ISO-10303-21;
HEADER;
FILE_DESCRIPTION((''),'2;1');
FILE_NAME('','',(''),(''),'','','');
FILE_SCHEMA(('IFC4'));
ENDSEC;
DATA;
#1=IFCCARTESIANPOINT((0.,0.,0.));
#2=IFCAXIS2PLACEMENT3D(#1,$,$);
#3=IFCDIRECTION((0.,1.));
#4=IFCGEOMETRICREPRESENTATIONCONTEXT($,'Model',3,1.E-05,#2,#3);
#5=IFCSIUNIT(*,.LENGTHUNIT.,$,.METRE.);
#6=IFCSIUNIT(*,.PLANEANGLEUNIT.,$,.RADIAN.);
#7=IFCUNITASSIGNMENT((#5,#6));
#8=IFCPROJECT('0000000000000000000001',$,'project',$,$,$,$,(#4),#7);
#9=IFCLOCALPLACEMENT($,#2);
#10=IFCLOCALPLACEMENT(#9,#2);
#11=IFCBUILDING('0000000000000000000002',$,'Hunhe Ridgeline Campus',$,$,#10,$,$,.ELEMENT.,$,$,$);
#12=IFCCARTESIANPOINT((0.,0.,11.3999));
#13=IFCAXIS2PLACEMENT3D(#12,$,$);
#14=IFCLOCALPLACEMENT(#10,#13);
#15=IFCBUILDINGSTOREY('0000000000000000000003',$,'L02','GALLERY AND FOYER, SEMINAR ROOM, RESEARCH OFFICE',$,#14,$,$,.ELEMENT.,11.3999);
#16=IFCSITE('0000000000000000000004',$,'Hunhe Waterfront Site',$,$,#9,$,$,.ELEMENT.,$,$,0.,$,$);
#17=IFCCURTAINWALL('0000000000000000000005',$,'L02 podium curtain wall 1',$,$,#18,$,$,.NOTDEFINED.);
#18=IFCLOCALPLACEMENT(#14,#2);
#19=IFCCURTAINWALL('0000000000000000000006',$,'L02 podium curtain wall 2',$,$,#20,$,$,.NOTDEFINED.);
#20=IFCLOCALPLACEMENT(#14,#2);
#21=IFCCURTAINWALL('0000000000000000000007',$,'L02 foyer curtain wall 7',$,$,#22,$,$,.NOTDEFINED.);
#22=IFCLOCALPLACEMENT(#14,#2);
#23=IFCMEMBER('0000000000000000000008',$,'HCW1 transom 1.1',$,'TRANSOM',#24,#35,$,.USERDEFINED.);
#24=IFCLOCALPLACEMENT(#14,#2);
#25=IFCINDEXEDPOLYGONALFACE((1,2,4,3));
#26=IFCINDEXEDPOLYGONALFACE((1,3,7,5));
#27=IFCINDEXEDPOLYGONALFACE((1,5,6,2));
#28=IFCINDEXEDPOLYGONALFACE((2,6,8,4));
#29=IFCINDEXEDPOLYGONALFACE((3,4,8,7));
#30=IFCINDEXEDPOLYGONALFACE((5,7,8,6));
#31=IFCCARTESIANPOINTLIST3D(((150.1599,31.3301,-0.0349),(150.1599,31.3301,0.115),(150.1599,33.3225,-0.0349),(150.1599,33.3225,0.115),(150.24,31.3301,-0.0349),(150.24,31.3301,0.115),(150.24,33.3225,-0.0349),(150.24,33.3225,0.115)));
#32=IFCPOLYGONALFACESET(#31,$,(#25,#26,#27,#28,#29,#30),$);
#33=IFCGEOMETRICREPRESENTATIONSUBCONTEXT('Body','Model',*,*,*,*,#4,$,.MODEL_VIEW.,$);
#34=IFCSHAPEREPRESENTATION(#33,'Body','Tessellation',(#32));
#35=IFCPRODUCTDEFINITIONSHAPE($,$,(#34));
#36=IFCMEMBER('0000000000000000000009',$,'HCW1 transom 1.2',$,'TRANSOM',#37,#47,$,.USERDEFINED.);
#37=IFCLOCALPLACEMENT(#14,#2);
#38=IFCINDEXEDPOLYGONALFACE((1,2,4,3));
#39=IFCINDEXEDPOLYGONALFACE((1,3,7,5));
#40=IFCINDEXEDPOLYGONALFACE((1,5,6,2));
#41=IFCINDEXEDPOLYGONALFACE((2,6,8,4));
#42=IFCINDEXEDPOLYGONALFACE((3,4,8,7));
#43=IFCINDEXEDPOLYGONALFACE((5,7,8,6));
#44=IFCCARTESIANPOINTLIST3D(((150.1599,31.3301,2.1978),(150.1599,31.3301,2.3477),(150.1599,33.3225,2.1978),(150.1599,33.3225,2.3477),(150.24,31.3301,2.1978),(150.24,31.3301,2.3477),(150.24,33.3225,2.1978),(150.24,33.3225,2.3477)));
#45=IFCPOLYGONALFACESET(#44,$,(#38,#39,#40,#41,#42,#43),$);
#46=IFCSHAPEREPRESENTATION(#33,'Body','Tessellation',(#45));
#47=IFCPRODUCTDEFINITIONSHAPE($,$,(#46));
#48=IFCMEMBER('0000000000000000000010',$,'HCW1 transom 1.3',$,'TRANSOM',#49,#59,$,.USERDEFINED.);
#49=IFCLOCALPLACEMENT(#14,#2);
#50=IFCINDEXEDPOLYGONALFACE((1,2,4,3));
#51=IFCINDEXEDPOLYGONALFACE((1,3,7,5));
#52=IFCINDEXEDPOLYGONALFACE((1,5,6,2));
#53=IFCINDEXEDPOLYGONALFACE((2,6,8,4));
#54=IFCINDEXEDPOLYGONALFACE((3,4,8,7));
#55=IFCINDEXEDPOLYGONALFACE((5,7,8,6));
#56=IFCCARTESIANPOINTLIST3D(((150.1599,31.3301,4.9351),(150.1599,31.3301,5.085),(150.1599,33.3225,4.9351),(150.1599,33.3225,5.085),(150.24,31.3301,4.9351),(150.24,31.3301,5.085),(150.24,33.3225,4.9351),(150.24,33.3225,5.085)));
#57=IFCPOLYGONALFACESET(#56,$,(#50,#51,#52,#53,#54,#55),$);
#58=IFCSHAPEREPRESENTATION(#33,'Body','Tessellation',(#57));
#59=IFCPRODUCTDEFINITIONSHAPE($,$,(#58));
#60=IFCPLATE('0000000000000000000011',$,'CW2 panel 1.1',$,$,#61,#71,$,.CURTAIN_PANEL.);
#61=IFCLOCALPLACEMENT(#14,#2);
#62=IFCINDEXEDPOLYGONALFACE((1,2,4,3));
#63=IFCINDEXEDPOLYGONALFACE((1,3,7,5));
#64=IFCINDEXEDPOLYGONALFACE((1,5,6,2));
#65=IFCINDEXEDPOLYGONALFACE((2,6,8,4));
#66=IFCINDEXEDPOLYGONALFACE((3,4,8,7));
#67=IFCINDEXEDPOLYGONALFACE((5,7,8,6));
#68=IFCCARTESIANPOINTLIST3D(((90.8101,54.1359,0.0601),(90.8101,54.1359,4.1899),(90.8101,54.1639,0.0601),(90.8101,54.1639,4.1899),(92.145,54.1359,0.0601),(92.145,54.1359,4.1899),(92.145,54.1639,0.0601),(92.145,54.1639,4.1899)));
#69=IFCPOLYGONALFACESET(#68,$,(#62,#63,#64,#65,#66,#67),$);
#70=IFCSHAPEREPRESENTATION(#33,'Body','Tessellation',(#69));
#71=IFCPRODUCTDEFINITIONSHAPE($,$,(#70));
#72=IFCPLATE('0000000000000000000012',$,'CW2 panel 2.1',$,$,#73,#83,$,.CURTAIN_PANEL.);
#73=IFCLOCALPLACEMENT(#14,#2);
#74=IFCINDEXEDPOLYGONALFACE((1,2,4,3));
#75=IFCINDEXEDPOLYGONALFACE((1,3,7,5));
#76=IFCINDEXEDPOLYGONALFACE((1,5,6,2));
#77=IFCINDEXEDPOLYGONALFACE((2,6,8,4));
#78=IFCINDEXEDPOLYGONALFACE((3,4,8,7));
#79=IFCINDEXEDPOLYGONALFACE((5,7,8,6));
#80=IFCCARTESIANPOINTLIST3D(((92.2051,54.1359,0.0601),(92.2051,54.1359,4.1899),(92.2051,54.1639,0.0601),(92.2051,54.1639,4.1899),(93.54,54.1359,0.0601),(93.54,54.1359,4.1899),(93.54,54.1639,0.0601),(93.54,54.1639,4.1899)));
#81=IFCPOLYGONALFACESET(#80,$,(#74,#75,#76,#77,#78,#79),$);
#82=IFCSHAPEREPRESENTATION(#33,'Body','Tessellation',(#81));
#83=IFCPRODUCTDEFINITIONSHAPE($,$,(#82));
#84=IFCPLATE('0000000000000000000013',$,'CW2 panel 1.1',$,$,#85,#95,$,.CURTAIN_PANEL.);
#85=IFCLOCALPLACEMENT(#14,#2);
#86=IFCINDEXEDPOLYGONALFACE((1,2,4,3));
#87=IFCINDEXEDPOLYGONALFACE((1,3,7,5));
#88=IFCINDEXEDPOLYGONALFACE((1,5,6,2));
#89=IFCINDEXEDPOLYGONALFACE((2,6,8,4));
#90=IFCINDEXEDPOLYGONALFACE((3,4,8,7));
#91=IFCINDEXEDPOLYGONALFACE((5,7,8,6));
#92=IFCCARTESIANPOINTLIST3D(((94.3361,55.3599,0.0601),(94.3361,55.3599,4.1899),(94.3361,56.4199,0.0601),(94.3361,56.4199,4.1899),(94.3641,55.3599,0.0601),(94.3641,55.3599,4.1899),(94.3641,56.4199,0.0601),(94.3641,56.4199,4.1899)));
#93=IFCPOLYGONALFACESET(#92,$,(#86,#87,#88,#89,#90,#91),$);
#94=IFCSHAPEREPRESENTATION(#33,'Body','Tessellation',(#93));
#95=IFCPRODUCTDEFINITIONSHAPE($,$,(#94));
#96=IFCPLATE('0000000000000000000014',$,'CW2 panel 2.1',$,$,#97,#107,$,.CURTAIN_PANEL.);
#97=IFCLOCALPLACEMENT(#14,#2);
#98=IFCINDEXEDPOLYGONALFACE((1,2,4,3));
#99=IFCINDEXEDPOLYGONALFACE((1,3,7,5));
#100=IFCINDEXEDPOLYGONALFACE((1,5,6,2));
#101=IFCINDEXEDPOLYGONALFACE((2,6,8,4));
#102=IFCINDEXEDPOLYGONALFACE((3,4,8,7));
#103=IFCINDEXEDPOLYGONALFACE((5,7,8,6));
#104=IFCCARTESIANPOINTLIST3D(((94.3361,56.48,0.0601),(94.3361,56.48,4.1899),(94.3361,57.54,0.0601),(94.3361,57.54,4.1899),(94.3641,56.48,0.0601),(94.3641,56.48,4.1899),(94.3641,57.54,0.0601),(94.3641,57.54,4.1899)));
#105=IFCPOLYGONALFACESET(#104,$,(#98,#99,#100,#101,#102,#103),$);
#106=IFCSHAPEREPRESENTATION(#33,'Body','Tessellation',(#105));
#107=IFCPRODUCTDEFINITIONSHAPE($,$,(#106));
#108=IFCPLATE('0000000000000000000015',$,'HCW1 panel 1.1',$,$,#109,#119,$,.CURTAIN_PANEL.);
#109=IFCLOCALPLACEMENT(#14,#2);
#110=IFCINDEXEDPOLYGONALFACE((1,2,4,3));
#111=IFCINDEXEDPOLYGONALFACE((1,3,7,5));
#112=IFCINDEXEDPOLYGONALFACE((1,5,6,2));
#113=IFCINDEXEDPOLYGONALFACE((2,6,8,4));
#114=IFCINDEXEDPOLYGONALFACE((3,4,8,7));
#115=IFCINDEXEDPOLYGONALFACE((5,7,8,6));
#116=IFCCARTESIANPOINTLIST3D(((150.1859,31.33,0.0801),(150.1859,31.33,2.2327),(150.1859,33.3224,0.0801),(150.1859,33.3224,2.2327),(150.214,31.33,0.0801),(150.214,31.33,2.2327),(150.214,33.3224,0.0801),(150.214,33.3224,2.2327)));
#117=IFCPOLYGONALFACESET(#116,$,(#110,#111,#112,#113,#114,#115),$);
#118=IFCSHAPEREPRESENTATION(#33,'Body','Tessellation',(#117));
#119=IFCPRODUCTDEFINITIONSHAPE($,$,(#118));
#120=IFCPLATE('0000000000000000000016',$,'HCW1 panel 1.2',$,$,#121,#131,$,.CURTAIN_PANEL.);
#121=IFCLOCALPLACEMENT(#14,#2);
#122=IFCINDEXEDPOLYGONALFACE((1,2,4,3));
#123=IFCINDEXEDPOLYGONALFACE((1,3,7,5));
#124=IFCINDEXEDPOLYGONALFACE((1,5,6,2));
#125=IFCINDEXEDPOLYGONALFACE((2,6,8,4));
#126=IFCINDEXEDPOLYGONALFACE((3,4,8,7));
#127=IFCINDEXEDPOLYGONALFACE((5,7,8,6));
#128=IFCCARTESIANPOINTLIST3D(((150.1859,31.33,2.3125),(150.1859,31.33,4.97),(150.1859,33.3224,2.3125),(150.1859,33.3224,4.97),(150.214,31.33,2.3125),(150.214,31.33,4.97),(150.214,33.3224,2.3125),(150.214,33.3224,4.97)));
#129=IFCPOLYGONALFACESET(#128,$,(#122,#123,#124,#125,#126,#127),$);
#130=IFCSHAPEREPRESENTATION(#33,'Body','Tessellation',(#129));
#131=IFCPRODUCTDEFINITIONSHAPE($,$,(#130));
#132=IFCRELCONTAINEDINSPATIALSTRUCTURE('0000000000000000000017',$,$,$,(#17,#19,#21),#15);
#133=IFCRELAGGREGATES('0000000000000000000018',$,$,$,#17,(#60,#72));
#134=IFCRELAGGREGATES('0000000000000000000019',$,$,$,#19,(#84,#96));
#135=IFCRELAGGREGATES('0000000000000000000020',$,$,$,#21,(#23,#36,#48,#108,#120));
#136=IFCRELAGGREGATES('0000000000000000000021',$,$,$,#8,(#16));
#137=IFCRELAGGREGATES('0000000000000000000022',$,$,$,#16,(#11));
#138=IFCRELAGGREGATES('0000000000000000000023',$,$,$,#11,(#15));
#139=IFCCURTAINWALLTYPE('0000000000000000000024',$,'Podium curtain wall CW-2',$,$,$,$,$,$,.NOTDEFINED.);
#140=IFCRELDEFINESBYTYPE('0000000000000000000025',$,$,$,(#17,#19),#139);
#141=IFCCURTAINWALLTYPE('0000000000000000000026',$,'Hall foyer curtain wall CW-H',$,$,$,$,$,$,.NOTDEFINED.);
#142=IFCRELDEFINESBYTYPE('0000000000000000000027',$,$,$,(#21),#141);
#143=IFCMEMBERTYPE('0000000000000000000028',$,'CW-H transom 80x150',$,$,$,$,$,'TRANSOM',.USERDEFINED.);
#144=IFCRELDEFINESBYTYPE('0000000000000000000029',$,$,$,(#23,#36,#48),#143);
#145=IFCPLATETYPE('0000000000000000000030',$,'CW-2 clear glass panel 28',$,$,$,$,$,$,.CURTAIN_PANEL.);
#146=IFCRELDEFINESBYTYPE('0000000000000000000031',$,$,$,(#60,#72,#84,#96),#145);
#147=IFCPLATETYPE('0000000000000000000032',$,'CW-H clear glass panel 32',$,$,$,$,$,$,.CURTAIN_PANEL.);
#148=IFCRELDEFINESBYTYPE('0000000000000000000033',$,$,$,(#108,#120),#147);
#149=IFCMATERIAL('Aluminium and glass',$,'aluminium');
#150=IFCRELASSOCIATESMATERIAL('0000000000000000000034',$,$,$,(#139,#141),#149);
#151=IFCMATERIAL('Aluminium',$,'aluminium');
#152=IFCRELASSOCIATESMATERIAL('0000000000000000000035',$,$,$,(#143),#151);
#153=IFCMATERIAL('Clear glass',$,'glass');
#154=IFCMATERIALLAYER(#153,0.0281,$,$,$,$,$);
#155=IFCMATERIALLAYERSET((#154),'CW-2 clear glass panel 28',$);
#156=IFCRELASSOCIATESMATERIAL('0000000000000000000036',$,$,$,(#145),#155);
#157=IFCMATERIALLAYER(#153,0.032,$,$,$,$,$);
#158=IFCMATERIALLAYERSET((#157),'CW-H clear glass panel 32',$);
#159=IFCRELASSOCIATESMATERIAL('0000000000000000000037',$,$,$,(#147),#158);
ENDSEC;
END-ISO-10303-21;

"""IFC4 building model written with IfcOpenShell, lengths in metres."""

from ifc_helpers import new_model, si_unit, direction, frame, origin, origin_2d, place, context, subcontext, project, spatial, rectangle, extrude, material, layer, layer_set, material_profile, profile_set, type_object, element, aggregate, save


model = new_model("IFC4")

# Units and contexts
model_context = context("Model", 3, precision=1e-05, world=origin(), true_north=direction((0.0, 1.0)))
body_context = subcontext(model_context, "Body", "Model", "MODEL_VIEW")
ifc_project = project(units=[si_unit("LENGTHUNIT", "METRE"), si_unit("PLANEANGLEUNIT", "RADIAN")], contexts=[model_context])

# Site, building, storey
site_placement = place(None, origin())
site = spatial("IfcSite", under=ifc_project, at=site_placement, Name="Hunhe Waterfront Site", CompositionType="ELEMENT", RefElevation=0.0)
building_placement = place(site_placement, origin())
building = spatial("IfcBuilding", under=site, at=building_placement, Name="Hunhe Ridgeline Campus", CompositionType="ELEMENT")
storey_placement = place(building_placement, frame((0.0, 0.0, 11.3999)))
storey = spatial("IfcBuildingStorey", under=building, at=storey_placement, Name="L02", Description="GALLERY AND FOYER, SEMINAR ROOM, RESEARCH OFFICE", CompositionType="ELEMENT", Elevation=11.3999)

# Curtain walls
ifc_material_1 = material(Name="Aluminium and glass", Category="aluminium")
curtain_wall_type_1 = type_object("IfcCurtainWallType", Name="Podium curtain wall CW-2", PredefinedType="NOTDEFINED", material=ifc_material_1)
curtain_wall_1_placement = place(storey_placement, origin())
curtain_wall_1 = element("IfcCurtainWall", 1, at=curtain_wall_1_placement, inside=storey, type_object=curtain_wall_type_1, Name="L02 podium curtain wall 1", PredefinedType="NOTDEFINED")
ifc_material_2 = material(Name="Aluminium", Category="aluminium")
curtain_wall_2_placement = place(storey_placement, origin())
curtain_wall_2 = element("IfcCurtainWall", 2, at=curtain_wall_2_placement, inside=storey, type_object=curtain_wall_type_1, Name="L02 podium curtain wall 2", PredefinedType="NOTDEFINED")

# Curtain wall, members
curtain_wall_type_2 = type_object("IfcCurtainWallType", Name="Hall foyer curtain wall CW-H", PredefinedType="NOTDEFINED", material=ifc_material_1)
curtain_wall_3_placement = place(storey_placement, origin())
curtain_wall_3 = element("IfcCurtainWall", 3, at=curtain_wall_3_placement, inside=storey, type_object=curtain_wall_type_2, Name="L02 foyer curtain wall 7", PredefinedType="NOTDEFINED")
ifc_material_profile_1 = material_profile(ifc_material_2, rectangle(XDim=0.0801, YDim=0.1499, at=origin_2d()))
ifc_profile_set_1 = profile_set([ifc_material_profile_1], Name="Aluminium")
member_type_1 = type_object("IfcMemberType", Name="CW-H transom 80x150", ElementType="TRANSOM", PredefinedType="USERDEFINED", material=ifc_profile_set_1)
member_1_placement = place(storey_placement, frame((150.2, 31.3301, 0.04), z_axis=(0.0, 1.0, 0.0), x_axis=(-1.0, 0.0, 0.0)))
member_1 = element("IfcMember", 4, at=member_1_placement, type_object=member_type_1, Name="HCW1 transom 1.1", ObjectType="TRANSOM", PredefinedType="USERDEFINED", context=body_context, shape_type="SweptSolid", body=[
    extrude(rectangle(XDim=0.0801, YDim=0.1499, at=origin_2d()), origin(), (0.0, 0.0, 1.0), 1.9924),
])
member_2_placement = place(storey_placement, frame((150.2, 31.3301, 2.2727), z_axis=(0.0, 1.0, 0.0), x_axis=(-1.0, 0.0, 0.0)))
member_2 = element("IfcMember", 5, at=member_2_placement, type_object=member_type_1, Name="HCW1 transom 1.2", ObjectType="TRANSOM", PredefinedType="USERDEFINED", context=body_context, shape_type="SweptSolid", body=[
    extrude(rectangle(XDim=0.0801, YDim=0.1499, at=origin_2d()), origin(), (0.0, 0.0, 1.0), 1.9924),
])
member_3_placement = place(storey_placement, frame((150.2, 31.3301, 5.01), z_axis=(0.0, 1.0, 0.0), x_axis=(-1.0, 0.0, 0.0)))
member_3 = element("IfcMember", 6, at=member_3_placement, type_object=member_type_1, Name="HCW1 transom 1.3", ObjectType="TRANSOM", PredefinedType="USERDEFINED", context=body_context, shape_type="SweptSolid", body=[
    extrude(rectangle(XDim=0.0801, YDim=0.1499, at=origin_2d()), origin(), (0.0, 0.0, 1.0), 1.9924),
])

# Plates
ifc_material_3 = material(Name="Clear glass", Category="glass")
ifc_layer_1 = layer(ifc_material_3, 0.0281)
ifc_layer_set_1 = layer_set([ifc_layer_1], Name="CW-2 clear glass panel 28")
plate_type_1 = type_object("IfcPlateType", Name="CW-2 clear glass panel 28", PredefinedType="CURTAIN_PANEL", material=ifc_layer_set_1)
plate_1_placement = place(storey_placement, frame((91.4775, 54.1499, 0.0601), z_axis=(0.0, 0.0, 1.0), x_axis=(1.0, 0.0, 0.0)))
plate_1 = element("IfcPlate", 7, at=plate_1_placement, type_object=plate_type_1, Name="CW2 panel 1.1", PredefinedType="CURTAIN_PANEL", context=body_context, shape_type="SweptSolid", body=[
    extrude(rectangle(XDim=1.335, YDim=0.0281, at=origin_2d()), origin(), (0.0, 0.0, 1.0), 4.1299),
])
plate_2_placement = place(storey_placement, frame((92.8726, 54.1499, 0.0601), z_axis=(0.0, 0.0, 1.0), x_axis=(1.0, 0.0, 0.0)))
plate_2 = element("IfcPlate", 8, at=plate_2_placement, type_object=plate_type_1, Name="CW2 panel 2.1", PredefinedType="CURTAIN_PANEL", context=body_context, shape_type="SweptSolid", body=[
    extrude(rectangle(XDim=1.335, YDim=0.0281, at=origin_2d()), origin(), (0.0, 0.0, 1.0), 4.1299),
])
aggregate(curtain_wall_1, [plate_1, plate_2])
plate_3_placement = place(storey_placement, frame((94.3501, 55.8899, 0.0601), z_axis=(0.0, 0.0, 1.0), x_axis=(0.0, 1.0, 0.0)))
plate_3 = element("IfcPlate", 9, at=plate_3_placement, type_object=plate_type_1, Name="CW2 panel 1.1", PredefinedType="CURTAIN_PANEL", context=body_context, shape_type="SweptSolid", body=[
    extrude(rectangle(XDim=1.0601, YDim=0.0281, at=origin_2d()), origin(), (0.0, 0.0, 1.0), 4.1299),
])
plate_4_placement = place(storey_placement, frame((94.3501, 57.01, 0.0601), z_axis=(0.0, 0.0, 1.0), x_axis=(0.0, 1.0, 0.0)))
plate_4 = element("IfcPlate", 10, at=plate_4_placement, type_object=plate_type_1, Name="CW2 panel 2.1", PredefinedType="CURTAIN_PANEL", context=body_context, shape_type="SweptSolid", body=[
    extrude(rectangle(XDim=1.0601, YDim=0.0281, at=origin_2d()), origin(), (0.0, 0.0, 1.0), 4.1299),
])
aggregate(curtain_wall_2, [plate_3, plate_4])
ifc_layer_2 = layer(ifc_material_3, 0.032)
ifc_layer_set_2 = layer_set([ifc_layer_2], Name="CW-H clear glass panel 32")
plate_type_2 = type_object("IfcPlateType", Name="CW-H clear glass panel 32", PredefinedType="CURTAIN_PANEL", material=ifc_layer_set_2)
plate_5_placement = place(storey_placement, frame((150.2, 32.3262, 0.0801), z_axis=(0.0, 0.0, 1.0), x_axis=(0.0, 1.0, 0.0)))
plate_5 = element("IfcPlate", 11, at=plate_5_placement, type_object=plate_type_2, Name="HCW1 panel 1.1", PredefinedType="CURTAIN_PANEL", context=body_context, shape_type="SweptSolid", body=[
    extrude(rectangle(XDim=1.9924, YDim=0.0281, at=origin_2d()), origin(), (0.0, 0.0, 1.0), 2.1526),
])
plate_6_placement = place(storey_placement, frame((150.2, 32.3262, 2.3125), z_axis=(0.0, 0.0, 1.0), x_axis=(0.0, 1.0, 0.0)))
plate_6 = element("IfcPlate", 12, at=plate_6_placement, type_object=plate_type_2, Name="HCW1 panel 1.2", PredefinedType="CURTAIN_PANEL", context=body_context, shape_type="SweptSolid", body=[
    extrude(rectangle(XDim=1.9924, YDim=0.0281, at=origin_2d()), origin(), (0.0, 0.0, 1.0), 2.6575),
])
aggregate(curtain_wall_3, [member_1, member_2, member_3, plate_5, plate_6])

save(model, "model.ifc")
